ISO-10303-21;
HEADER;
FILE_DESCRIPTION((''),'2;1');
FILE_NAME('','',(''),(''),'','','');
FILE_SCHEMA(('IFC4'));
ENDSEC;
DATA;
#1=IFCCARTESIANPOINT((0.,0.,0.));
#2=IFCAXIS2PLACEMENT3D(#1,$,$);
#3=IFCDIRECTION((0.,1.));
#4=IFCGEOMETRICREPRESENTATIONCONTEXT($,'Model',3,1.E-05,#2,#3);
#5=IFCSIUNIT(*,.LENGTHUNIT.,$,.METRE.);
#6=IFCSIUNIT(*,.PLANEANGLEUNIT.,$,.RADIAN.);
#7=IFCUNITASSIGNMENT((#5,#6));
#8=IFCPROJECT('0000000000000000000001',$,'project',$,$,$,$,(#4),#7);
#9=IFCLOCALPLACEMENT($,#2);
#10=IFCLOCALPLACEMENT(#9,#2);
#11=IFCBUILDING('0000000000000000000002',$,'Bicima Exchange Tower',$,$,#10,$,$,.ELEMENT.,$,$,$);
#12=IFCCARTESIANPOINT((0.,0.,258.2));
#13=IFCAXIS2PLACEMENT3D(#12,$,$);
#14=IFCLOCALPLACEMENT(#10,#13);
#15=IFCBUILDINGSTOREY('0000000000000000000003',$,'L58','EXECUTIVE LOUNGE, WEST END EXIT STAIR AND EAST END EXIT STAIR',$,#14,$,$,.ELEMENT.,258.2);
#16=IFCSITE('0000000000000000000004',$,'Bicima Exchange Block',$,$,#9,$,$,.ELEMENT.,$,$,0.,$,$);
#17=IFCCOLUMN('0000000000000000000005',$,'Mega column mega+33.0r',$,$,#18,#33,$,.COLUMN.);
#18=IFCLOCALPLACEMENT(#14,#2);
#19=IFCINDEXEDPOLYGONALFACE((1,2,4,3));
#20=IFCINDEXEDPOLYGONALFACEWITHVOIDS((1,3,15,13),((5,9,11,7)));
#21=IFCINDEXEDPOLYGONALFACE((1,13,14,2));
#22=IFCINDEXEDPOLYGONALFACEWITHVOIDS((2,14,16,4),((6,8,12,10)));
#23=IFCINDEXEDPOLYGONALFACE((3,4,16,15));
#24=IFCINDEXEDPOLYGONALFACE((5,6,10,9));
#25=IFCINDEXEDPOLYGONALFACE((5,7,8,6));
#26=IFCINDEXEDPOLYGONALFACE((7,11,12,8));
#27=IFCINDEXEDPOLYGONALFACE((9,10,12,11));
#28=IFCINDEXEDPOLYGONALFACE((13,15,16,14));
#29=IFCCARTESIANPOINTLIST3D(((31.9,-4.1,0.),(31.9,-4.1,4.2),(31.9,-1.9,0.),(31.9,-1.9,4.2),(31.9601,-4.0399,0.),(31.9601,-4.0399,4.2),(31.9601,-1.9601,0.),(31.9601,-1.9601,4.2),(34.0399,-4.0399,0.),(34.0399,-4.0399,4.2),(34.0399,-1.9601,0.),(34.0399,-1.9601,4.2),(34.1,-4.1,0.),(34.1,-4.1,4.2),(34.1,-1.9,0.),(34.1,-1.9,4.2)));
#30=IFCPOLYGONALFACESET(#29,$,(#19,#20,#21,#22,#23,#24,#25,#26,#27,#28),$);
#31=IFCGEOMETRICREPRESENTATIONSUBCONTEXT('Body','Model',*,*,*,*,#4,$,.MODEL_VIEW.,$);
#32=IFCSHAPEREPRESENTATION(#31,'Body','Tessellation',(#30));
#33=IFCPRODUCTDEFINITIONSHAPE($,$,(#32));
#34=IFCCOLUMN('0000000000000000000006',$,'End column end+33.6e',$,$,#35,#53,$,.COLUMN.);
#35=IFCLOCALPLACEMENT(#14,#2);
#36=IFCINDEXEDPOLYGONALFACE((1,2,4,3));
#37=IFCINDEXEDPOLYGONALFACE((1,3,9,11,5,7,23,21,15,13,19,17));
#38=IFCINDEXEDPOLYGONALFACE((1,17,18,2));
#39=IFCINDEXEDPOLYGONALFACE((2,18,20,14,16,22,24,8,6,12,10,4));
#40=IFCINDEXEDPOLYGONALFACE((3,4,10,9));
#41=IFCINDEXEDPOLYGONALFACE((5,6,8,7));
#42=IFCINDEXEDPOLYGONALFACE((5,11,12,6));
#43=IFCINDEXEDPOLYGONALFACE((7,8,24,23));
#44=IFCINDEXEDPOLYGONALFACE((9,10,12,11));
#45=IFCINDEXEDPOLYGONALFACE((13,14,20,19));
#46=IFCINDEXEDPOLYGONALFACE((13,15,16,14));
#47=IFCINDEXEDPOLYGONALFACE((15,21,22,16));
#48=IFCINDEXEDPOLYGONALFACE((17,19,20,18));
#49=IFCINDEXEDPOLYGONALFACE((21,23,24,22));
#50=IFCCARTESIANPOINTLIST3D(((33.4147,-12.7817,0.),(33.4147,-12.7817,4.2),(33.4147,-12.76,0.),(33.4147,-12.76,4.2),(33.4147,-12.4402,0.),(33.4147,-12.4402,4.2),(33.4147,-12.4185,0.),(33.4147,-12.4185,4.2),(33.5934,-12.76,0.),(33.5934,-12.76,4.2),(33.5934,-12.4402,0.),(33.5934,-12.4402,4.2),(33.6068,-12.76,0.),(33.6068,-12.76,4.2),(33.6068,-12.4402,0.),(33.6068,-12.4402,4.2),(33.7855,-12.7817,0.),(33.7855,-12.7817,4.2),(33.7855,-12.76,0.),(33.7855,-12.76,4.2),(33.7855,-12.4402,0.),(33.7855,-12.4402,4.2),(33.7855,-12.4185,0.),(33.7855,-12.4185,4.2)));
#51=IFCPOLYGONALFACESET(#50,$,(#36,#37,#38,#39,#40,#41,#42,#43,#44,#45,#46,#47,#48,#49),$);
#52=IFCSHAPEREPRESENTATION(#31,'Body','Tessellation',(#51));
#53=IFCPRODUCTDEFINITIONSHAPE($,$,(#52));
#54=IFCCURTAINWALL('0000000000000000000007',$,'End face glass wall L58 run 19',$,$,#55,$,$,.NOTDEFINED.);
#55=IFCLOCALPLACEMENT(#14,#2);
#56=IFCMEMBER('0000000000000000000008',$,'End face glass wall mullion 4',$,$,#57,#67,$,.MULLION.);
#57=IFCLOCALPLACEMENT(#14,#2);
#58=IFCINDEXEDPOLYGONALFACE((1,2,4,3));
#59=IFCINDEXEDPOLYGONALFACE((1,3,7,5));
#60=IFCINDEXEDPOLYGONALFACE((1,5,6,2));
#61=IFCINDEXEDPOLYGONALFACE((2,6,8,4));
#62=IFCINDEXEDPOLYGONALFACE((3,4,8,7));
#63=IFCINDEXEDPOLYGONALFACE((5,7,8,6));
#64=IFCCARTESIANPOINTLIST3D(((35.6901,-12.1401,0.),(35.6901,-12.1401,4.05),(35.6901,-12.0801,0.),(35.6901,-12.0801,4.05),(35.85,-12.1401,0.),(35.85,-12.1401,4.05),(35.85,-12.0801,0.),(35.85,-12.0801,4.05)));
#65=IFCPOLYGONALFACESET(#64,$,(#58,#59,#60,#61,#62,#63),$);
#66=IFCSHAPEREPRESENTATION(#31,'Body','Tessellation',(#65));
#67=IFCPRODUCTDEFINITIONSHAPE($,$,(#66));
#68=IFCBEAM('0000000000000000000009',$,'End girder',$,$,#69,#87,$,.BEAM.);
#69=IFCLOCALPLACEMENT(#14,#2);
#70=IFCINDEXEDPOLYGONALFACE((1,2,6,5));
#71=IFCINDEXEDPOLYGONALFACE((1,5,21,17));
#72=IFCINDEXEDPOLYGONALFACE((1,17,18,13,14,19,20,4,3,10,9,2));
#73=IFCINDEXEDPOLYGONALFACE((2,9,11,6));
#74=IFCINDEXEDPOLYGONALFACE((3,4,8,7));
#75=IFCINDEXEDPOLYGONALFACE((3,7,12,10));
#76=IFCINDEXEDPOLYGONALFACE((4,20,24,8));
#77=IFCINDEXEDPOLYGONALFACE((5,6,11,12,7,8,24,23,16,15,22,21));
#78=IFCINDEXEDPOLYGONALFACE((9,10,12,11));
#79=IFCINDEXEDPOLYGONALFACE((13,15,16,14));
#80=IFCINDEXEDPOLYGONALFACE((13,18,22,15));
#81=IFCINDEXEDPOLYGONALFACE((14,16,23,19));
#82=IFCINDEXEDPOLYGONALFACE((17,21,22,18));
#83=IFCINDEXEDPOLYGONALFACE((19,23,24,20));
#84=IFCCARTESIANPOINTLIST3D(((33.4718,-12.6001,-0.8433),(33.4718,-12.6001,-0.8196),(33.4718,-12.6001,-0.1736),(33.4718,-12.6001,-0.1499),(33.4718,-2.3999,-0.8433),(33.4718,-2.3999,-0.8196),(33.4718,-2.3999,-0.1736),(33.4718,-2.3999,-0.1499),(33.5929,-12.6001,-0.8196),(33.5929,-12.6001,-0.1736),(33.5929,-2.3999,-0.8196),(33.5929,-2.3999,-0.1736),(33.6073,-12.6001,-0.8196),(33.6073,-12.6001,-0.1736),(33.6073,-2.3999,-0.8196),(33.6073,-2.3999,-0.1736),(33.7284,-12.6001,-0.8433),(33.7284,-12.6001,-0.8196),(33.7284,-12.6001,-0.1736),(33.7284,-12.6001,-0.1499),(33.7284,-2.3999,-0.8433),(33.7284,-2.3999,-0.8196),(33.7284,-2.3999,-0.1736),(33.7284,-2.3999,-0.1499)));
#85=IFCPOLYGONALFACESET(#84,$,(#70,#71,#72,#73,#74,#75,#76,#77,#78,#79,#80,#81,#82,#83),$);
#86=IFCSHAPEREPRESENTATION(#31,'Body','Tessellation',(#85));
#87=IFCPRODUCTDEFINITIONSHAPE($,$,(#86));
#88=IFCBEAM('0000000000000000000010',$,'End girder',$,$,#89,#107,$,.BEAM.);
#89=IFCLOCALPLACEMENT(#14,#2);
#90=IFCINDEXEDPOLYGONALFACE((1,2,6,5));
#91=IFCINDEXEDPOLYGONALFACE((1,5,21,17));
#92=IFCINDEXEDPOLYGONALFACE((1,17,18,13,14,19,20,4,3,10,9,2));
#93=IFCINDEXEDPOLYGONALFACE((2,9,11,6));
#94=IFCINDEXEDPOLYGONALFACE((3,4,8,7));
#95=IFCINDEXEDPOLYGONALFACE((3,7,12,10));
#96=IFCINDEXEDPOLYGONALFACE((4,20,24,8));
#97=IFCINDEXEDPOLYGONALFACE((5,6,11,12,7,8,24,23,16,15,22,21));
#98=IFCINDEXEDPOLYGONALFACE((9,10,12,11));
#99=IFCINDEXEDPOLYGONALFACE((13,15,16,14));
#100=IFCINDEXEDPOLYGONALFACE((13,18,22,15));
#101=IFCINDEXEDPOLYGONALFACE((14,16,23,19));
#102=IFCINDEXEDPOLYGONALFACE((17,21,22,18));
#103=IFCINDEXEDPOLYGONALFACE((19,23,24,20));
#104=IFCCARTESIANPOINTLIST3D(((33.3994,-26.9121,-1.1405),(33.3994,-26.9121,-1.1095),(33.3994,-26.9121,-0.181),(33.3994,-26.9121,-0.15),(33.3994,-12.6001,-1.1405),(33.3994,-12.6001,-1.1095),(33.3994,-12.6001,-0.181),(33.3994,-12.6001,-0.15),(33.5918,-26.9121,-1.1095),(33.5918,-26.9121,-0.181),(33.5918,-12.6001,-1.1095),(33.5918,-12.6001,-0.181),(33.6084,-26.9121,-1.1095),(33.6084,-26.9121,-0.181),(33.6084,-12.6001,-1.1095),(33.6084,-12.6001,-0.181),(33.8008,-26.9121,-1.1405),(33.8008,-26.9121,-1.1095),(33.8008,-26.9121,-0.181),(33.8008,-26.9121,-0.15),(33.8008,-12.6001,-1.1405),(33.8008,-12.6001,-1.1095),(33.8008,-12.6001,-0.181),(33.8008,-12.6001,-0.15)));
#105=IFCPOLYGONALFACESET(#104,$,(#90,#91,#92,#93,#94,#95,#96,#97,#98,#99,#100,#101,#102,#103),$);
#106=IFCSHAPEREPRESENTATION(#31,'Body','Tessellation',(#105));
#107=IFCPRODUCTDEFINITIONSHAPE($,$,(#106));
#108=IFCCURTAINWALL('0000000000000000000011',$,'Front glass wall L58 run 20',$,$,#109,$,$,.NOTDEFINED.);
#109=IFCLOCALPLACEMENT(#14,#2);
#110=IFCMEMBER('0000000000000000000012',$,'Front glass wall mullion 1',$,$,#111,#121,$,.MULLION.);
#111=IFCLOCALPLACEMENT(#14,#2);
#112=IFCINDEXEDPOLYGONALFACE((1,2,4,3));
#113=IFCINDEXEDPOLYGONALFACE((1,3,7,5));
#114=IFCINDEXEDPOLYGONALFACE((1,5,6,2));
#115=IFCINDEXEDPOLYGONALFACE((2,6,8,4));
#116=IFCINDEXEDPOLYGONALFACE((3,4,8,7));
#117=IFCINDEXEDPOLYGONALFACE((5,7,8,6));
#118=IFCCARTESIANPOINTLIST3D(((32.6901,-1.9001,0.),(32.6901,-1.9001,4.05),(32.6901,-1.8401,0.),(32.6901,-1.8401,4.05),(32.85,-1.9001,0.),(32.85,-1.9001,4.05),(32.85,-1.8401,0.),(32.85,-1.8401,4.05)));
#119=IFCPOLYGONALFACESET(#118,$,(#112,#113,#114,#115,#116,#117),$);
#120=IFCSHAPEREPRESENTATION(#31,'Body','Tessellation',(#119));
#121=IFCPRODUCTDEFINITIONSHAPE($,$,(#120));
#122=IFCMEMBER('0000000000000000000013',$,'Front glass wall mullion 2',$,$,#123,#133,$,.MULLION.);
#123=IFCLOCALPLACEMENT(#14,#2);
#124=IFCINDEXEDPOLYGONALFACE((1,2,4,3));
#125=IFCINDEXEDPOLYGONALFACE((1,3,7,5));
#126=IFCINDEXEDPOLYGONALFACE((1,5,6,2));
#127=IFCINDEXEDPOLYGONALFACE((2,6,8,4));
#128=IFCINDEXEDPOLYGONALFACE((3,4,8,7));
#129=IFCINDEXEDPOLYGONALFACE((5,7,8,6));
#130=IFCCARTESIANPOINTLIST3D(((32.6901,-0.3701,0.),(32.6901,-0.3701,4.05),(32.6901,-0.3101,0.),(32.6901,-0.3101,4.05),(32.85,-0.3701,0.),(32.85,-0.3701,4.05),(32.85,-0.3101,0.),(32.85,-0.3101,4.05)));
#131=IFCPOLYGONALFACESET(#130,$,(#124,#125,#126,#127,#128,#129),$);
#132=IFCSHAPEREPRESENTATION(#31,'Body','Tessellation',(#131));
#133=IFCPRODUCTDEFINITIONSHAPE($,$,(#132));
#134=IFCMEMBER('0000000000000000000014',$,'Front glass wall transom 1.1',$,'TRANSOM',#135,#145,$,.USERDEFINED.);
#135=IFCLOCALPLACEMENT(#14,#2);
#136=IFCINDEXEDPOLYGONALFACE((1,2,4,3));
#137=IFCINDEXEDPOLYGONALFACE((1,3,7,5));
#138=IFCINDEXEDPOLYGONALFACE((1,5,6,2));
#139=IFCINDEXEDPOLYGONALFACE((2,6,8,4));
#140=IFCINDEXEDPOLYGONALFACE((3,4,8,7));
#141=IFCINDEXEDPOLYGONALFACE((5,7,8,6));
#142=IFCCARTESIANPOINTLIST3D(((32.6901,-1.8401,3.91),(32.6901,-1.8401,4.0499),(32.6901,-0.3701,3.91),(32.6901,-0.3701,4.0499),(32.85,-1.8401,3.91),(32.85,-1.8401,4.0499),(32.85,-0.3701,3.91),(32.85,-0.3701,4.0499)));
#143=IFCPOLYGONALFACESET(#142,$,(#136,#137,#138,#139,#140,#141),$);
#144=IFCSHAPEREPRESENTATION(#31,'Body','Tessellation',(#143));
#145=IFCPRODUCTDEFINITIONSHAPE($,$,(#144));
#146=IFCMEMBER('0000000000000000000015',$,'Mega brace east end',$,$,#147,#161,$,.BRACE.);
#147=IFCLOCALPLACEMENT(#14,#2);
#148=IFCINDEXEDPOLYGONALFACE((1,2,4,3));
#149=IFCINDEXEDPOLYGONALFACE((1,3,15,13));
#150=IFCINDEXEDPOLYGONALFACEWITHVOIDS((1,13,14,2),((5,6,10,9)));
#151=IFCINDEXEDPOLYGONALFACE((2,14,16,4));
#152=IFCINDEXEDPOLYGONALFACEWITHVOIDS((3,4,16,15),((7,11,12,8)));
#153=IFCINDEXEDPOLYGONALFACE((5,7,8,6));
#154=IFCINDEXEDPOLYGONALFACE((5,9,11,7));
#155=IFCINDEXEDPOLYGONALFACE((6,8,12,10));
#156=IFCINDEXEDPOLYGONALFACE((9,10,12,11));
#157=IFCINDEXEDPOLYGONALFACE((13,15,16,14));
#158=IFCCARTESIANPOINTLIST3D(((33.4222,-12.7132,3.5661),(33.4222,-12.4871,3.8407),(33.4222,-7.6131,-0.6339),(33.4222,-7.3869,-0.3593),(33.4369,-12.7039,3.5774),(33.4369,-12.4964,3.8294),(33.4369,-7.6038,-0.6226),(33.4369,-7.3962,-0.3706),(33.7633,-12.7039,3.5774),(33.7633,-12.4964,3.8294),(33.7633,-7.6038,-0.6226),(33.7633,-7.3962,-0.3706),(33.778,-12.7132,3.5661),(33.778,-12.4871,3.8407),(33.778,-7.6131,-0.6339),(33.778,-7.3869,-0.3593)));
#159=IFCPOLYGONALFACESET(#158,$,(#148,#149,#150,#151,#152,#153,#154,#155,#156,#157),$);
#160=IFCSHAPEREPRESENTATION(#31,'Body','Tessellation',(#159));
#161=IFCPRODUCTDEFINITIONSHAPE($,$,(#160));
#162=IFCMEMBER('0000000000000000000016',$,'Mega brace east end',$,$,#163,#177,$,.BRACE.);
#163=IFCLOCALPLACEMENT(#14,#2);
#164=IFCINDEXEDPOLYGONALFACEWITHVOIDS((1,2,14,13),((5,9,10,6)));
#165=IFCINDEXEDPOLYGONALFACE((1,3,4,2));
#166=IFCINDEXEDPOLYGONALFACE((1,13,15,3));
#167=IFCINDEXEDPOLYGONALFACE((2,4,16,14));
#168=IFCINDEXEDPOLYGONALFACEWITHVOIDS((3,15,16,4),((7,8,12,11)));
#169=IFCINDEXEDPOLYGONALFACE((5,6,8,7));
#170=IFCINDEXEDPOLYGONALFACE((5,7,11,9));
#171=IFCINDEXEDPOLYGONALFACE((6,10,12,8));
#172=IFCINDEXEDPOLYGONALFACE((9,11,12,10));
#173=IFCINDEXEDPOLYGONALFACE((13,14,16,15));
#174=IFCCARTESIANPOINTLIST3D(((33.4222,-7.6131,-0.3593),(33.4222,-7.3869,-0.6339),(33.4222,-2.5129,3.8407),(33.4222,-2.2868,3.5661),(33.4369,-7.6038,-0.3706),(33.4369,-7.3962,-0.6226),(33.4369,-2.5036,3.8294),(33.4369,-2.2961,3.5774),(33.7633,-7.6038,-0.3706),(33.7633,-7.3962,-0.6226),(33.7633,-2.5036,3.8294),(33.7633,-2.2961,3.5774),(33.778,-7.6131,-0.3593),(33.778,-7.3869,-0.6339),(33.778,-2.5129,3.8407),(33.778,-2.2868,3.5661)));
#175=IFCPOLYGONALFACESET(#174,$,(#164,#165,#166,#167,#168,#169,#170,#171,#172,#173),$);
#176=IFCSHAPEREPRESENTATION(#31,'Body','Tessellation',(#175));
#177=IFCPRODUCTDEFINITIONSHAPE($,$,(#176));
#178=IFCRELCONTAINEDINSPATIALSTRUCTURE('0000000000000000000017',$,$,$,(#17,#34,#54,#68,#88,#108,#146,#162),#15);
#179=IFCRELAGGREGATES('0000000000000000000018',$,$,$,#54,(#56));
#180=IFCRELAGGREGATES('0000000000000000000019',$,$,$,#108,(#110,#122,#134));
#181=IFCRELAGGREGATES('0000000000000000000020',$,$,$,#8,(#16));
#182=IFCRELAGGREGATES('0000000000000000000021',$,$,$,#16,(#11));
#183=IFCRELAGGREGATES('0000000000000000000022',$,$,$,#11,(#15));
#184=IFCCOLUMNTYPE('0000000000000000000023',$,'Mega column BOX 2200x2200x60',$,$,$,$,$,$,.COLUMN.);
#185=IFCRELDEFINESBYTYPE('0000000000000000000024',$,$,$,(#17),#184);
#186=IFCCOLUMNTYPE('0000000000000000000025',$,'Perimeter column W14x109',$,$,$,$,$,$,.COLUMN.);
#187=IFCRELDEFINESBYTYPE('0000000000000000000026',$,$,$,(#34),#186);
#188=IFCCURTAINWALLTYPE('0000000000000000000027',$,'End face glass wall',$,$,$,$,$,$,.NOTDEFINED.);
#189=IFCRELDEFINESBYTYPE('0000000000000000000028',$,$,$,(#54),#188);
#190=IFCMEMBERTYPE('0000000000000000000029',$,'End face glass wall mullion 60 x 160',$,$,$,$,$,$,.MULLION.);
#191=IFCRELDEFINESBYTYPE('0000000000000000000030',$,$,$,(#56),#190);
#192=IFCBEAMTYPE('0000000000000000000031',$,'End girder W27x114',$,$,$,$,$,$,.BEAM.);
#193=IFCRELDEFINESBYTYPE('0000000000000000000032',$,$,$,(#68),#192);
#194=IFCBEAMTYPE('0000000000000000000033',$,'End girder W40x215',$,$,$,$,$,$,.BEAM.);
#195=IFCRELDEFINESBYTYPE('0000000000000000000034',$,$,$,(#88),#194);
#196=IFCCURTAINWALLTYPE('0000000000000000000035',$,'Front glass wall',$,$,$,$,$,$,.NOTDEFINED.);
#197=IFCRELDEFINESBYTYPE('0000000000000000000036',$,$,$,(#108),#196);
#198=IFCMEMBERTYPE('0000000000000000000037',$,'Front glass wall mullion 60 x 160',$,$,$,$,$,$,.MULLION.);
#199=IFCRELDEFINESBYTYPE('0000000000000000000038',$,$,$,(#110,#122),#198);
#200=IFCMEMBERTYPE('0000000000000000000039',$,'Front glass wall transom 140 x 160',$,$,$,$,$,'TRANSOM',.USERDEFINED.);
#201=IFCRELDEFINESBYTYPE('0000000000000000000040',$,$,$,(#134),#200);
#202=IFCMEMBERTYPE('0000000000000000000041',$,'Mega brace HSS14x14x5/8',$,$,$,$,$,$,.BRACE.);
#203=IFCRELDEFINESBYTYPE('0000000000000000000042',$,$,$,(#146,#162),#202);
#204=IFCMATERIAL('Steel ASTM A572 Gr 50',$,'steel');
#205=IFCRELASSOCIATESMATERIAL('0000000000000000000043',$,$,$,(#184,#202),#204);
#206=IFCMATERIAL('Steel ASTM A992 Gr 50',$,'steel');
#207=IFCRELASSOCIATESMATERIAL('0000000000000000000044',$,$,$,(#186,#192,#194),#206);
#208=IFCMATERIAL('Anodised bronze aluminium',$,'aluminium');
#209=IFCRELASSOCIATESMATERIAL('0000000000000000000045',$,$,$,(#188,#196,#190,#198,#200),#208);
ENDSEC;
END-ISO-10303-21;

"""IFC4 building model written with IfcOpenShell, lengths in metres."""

from ifc_helpers import new_model, si_unit, direction, frame, origin, origin_2d, place, context, subcontext, project, spatial, rectangle, hollow_rectangle, i_section, extrude, material, material_profile, profile_set, type_object, element, aggregate, save


model = new_model("IFC4")

# Units and contexts
model_context = context("Model", 3, precision=1e-05, world=origin(), true_north=direction((0.0, 1.0)))
body_context = subcontext(model_context, "Body", "Model", "MODEL_VIEW")
ifc_project = project(units=[si_unit("LENGTHUNIT", "METRE"), si_unit("PLANEANGLEUNIT", "RADIAN")], contexts=[model_context])

# Site, building, storey
site_placement = place(None, origin())
site = spatial("IfcSite", under=ifc_project, at=site_placement, Name="Bicima Exchange Block", CompositionType="ELEMENT", RefElevation=0.0)
building_placement = place(site_placement, origin())
building = spatial("IfcBuilding", under=site, at=building_placement, Name="Bicima Exchange Tower", CompositionType="ELEMENT")
storey_placement = place(building_placement, frame((0.0, 0.0, 258.2)))
storey = spatial("IfcBuildingStorey", under=building, at=storey_placement, Name="L58", Description="EXECUTIVE LOUNGE, WEST END EXIT STAIR AND EAST END EXIT STAIR", CompositionType="ELEMENT", Elevation=258.2)

# Columns
ifc_material_1 = material(Name="Steel ASTM A572 Gr 50", Category="steel")
ifc_material_profile_1 = material_profile(ifc_material_1, hollow_rectangle(XDim=2.2, YDim=2.2, WallThickness=0.0601, at=origin_2d()))
ifc_profile_set_1 = profile_set([ifc_material_profile_1], Name="Steel ASTM A572 Gr 50")
column_type_1 = type_object("IfcColumnType", Name="Mega column BOX 2200x2200x60", PredefinedType="COLUMN", material=ifc_profile_set_1)
column_1_placement = place(storey_placement, frame((33.0, -3.0, 0.0), z_axis=(0.0, 0.0, 1.0), x_axis=(1.0, 0.0, 0.0)))
element("IfcColumn", 1, at=column_1_placement, inside=storey, type_object=column_type_1, Name="Mega column mega+33.0r", PredefinedType="COLUMN", context=body_context, shape_type="SweptSolid", body=[
    extrude(hollow_rectangle(XDim=2.2, YDim=2.2, WallThickness=0.0601, at=origin_2d()), origin(), (0.0, 0.0, 1.0), 4.2),
])
ifc_material_2 = material(Name="Steel ASTM A992 Gr 50", Category="steel")
ifc_material_profile_2 = material_profile(ifc_material_2, i_section(OverallWidth=0.3708, OverallDepth=0.3633, WebThickness=0.0134, FlangeThickness=0.0217, at=origin_2d()))
ifc_profile_set_2 = profile_set([ifc_material_profile_2], Name="Steel ASTM A992 Gr 50")
column_type_2 = type_object("IfcColumnType", Name="Perimeter column W14x109", PredefinedType="COLUMN", material=ifc_profile_set_2)
column_2_placement = place(storey_placement, frame((33.6001, -12.6001, 0.0), z_axis=(0.0, 0.0, 1.0), x_axis=(1.0, 0.0, 0.0)))
element("IfcColumn", 2, at=column_2_placement, inside=storey, type_object=column_type_2, Name="End column end+33.6e", PredefinedType="COLUMN", context=body_context, shape_type="SweptSolid", body=[
    extrude(i_section(OverallWidth=0.3708, OverallDepth=0.3633, WebThickness=0.0134, FlangeThickness=0.0217, at=origin_2d()), origin(), (0.0, 0.0, 1.0), 4.2),
])

# Curtain wall, member
ifc_material_3 = material(Name="Anodised bronze aluminium", Category="aluminium")
curtain_wall_type_1 = type_object("IfcCurtainWallType", Name="End face glass wall", PredefinedType="NOTDEFINED", material=ifc_material_3)
curtain_wall_1_placement = place(storey_placement, origin())
curtain_wall_1 = element("IfcCurtainWall", 3, at=curtain_wall_1_placement, inside=storey, type_object=curtain_wall_type_1, Name="End face glass wall L58 run 19", PredefinedType="NOTDEFINED")
ifc_material_profile_3 = material_profile(ifc_material_3, rectangle(XDim=0.1599, YDim=0.0601, at=origin_2d()))
ifc_profile_set_3 = profile_set([ifc_material_profile_3], Name="Anodised bronze aluminium")
member_type_1 = type_object("IfcMemberType", Name="End face glass wall mullion 60 x 160", PredefinedType="MULLION", material=ifc_profile_set_3)
member_1_placement = place(storey_placement, frame((35.77, -12.1101, 0.0), z_axis=(0.0, 0.0, 1.0), x_axis=(-1.0, 0.0, 0.0)))
member_1 = element("IfcMember", 4, at=member_1_placement, type_object=member_type_1, Name="End face glass wall mullion 4", PredefinedType="MULLION", context=body_context, shape_type="SweptSolid", body=[
    extrude(rectangle(XDim=0.1599, YDim=0.0601, at=origin_2d()), origin(), (0.0, 0.0, 1.0), 4.05),
])
aggregate(curtain_wall_1, [member_1])

# Beams
ifc_material_profile_4 = material_profile(ifc_material_2, i_section(OverallWidth=0.2566, OverallDepth=0.6934, WebThickness=0.0144, FlangeThickness=0.0237, at=origin_2d()))
ifc_profile_set_4 = profile_set([ifc_material_profile_4], Name="Steel ASTM A992 Gr 50")
beam_type_1 = type_object("IfcBeamType", Name="End girder W27x114", PredefinedType="BEAM", material=ifc_profile_set_4)
beam_1_placement = place(storey_placement, frame((33.6001, -2.3999, -0.4966), z_axis=(0.0, -1.0, 0.0), x_axis=(1.0, 0.0, 0.0)))
element("IfcBeam", 5, at=beam_1_placement, inside=storey, type_object=beam_type_1, Name="End girder", PredefinedType="BEAM", context=body_context, shape_type="SweptSolid", body=[
    extrude(i_section(OverallWidth=0.2566, OverallDepth=0.6934, WebThickness=0.0144, FlangeThickness=0.0237, at=origin_2d()), origin(), (0.0, 0.0, 1.0), 10.2002),
])
ifc_material_profile_5 = material_profile(ifc_material_2, i_section(OverallWidth=0.4014, OverallDepth=0.9905, WebThickness=0.0166, FlangeThickness=0.031, at=origin_2d()))
ifc_profile_set_5 = profile_set([ifc_material_profile_5], Name="Steel ASTM A992 Gr 50")
beam_type_2 = type_object("IfcBeamType", Name="End girder W40x215", PredefinedType="BEAM", material=ifc_profile_set_5)
beam_2_placement = place(storey_placement, frame((33.6001, -12.6001, -0.6453), z_axis=(0.0, -1.0, 0.0), x_axis=(1.0, 0.0, 0.0)))
element("IfcBeam", 6, at=beam_2_placement, inside=storey, type_object=beam_type_2, Name="End girder", PredefinedType="BEAM", context=body_context, shape_type="SweptSolid", body=[
    extrude(i_section(OverallWidth=0.4014, OverallDepth=0.9905, WebThickness=0.0166, FlangeThickness=0.031, at=origin_2d()), origin(), (0.0, 0.0, 1.0), 14.312),
])

# Curtain wall, members
curtain_wall_type_2 = type_object("IfcCurtainWallType", Name="Front glass wall", PredefinedType="NOTDEFINED", material=ifc_material_3)
curtain_wall_2_placement = place(storey_placement, origin())
curtain_wall_2 = element("IfcCurtainWall", 7, at=curtain_wall_2_placement, inside=storey, type_object=curtain_wall_type_2, Name="Front glass wall L58 run 20", PredefinedType="NOTDEFINED")
member_type_2 = type_object("IfcMemberType", Name="Front glass wall mullion 60 x 160", PredefinedType="MULLION", material=ifc_profile_set_3)
member_2_placement = place(storey_placement, frame((32.77, -1.8701, 0.0), z_axis=(0.0, 0.0, 1.0), x_axis=(-1.0, 0.0, 0.0)))
member_2 = element("IfcMember", 8, at=member_2_placement, type_object=member_type_2, Name="Front glass wall mullion 1", PredefinedType="MULLION", context=body_context, shape_type="SweptSolid", body=[
    extrude(rectangle(XDim=0.1599, YDim=0.0601, at=origin_2d()), origin(), (0.0, 0.0, 1.0), 4.05),
])
member_3_placement = place(storey_placement, frame((32.77, -0.3401, 0.0), z_axis=(0.0, 0.0, 1.0), x_axis=(-1.0, 0.0, 0.0)))
member_3 = element("IfcMember", 9, at=member_3_placement, type_object=member_type_2, Name="Front glass wall mullion 2", PredefinedType="MULLION", context=body_context, shape_type="SweptSolid", body=[
    extrude(rectangle(XDim=0.1599, YDim=0.0601, at=origin_2d()), origin(), (0.0, 0.0, 1.0), 4.05),
])
ifc_material_profile_6 = material_profile(ifc_material_3, rectangle(XDim=0.1599, YDim=0.1399, at=origin_2d()))
ifc_profile_set_6 = profile_set([ifc_material_profile_6], Name="Anodised bronze aluminium")
member_type_3 = type_object("IfcMemberType", Name="Front glass wall transom 140 x 160", ElementType="TRANSOM", PredefinedType="USERDEFINED", material=ifc_profile_set_6)
member_4_placement = place(storey_placement, frame((32.77, -1.8401, 3.98), z_axis=(0.0, 1.0, 0.0), x_axis=(-1.0, 0.0, 0.0)))
member_4 = element("IfcMember", 10, at=member_4_placement, type_object=member_type_3, Name="Front glass wall transom 1.1", ObjectType="TRANSOM", PredefinedType="USERDEFINED", context=body_context, shape_type="SweptSolid", body=[
    extrude(rectangle(XDim=0.1599, YDim=0.1399, at=origin_2d()), origin(), (0.0, 0.0, 1.0), 1.47),
])

# Members
ifc_material_profile_7 = material_profile(ifc_material_1, hollow_rectangle(XDim=0.3557, YDim=0.3557, WallThickness=0.0146, at=origin_2d()))
ifc_profile_set_7 = profile_set([ifc_material_profile_7], Name="Steel ASTM A572 Gr 50")
member_type_4 = type_object("IfcMemberType", Name="Mega brace HSS14x14x5/8", PredefinedType="BRACE", material=ifc_profile_set_7)
for number, where, z_axis, x_axis, name in (
    (11, (33.6001, -7.5, -0.4966), (0.0, -0.77194, 0.635696), (1.0, 0.0, 0.0), "Mega brace east end"),
    (12, (33.6001, -7.5, -0.4966), (0.0, 0.77194, 0.635696), (-1.0, 0.0, 0.0), "Mega brace east end"),
):
    element("IfcMember", number, at=place(storey_placement, frame(where, z_axis=z_axis, x_axis=x_axis)), inside=storey, type_object=member_type_4, Name=name, PredefinedType="BRACE", context=body_context, shape_type="SweptSolid", body=[
        extrude(hollow_rectangle(XDim=0.3557, YDim=0.3557, WallThickness=0.0146, at=origin_2d()), origin(), (0.0, 0.0, 1.0), 6.6069),
    ])

aggregate(curtain_wall_2, [member_2, member_3, member_4])

save(model, "model.ifc")
